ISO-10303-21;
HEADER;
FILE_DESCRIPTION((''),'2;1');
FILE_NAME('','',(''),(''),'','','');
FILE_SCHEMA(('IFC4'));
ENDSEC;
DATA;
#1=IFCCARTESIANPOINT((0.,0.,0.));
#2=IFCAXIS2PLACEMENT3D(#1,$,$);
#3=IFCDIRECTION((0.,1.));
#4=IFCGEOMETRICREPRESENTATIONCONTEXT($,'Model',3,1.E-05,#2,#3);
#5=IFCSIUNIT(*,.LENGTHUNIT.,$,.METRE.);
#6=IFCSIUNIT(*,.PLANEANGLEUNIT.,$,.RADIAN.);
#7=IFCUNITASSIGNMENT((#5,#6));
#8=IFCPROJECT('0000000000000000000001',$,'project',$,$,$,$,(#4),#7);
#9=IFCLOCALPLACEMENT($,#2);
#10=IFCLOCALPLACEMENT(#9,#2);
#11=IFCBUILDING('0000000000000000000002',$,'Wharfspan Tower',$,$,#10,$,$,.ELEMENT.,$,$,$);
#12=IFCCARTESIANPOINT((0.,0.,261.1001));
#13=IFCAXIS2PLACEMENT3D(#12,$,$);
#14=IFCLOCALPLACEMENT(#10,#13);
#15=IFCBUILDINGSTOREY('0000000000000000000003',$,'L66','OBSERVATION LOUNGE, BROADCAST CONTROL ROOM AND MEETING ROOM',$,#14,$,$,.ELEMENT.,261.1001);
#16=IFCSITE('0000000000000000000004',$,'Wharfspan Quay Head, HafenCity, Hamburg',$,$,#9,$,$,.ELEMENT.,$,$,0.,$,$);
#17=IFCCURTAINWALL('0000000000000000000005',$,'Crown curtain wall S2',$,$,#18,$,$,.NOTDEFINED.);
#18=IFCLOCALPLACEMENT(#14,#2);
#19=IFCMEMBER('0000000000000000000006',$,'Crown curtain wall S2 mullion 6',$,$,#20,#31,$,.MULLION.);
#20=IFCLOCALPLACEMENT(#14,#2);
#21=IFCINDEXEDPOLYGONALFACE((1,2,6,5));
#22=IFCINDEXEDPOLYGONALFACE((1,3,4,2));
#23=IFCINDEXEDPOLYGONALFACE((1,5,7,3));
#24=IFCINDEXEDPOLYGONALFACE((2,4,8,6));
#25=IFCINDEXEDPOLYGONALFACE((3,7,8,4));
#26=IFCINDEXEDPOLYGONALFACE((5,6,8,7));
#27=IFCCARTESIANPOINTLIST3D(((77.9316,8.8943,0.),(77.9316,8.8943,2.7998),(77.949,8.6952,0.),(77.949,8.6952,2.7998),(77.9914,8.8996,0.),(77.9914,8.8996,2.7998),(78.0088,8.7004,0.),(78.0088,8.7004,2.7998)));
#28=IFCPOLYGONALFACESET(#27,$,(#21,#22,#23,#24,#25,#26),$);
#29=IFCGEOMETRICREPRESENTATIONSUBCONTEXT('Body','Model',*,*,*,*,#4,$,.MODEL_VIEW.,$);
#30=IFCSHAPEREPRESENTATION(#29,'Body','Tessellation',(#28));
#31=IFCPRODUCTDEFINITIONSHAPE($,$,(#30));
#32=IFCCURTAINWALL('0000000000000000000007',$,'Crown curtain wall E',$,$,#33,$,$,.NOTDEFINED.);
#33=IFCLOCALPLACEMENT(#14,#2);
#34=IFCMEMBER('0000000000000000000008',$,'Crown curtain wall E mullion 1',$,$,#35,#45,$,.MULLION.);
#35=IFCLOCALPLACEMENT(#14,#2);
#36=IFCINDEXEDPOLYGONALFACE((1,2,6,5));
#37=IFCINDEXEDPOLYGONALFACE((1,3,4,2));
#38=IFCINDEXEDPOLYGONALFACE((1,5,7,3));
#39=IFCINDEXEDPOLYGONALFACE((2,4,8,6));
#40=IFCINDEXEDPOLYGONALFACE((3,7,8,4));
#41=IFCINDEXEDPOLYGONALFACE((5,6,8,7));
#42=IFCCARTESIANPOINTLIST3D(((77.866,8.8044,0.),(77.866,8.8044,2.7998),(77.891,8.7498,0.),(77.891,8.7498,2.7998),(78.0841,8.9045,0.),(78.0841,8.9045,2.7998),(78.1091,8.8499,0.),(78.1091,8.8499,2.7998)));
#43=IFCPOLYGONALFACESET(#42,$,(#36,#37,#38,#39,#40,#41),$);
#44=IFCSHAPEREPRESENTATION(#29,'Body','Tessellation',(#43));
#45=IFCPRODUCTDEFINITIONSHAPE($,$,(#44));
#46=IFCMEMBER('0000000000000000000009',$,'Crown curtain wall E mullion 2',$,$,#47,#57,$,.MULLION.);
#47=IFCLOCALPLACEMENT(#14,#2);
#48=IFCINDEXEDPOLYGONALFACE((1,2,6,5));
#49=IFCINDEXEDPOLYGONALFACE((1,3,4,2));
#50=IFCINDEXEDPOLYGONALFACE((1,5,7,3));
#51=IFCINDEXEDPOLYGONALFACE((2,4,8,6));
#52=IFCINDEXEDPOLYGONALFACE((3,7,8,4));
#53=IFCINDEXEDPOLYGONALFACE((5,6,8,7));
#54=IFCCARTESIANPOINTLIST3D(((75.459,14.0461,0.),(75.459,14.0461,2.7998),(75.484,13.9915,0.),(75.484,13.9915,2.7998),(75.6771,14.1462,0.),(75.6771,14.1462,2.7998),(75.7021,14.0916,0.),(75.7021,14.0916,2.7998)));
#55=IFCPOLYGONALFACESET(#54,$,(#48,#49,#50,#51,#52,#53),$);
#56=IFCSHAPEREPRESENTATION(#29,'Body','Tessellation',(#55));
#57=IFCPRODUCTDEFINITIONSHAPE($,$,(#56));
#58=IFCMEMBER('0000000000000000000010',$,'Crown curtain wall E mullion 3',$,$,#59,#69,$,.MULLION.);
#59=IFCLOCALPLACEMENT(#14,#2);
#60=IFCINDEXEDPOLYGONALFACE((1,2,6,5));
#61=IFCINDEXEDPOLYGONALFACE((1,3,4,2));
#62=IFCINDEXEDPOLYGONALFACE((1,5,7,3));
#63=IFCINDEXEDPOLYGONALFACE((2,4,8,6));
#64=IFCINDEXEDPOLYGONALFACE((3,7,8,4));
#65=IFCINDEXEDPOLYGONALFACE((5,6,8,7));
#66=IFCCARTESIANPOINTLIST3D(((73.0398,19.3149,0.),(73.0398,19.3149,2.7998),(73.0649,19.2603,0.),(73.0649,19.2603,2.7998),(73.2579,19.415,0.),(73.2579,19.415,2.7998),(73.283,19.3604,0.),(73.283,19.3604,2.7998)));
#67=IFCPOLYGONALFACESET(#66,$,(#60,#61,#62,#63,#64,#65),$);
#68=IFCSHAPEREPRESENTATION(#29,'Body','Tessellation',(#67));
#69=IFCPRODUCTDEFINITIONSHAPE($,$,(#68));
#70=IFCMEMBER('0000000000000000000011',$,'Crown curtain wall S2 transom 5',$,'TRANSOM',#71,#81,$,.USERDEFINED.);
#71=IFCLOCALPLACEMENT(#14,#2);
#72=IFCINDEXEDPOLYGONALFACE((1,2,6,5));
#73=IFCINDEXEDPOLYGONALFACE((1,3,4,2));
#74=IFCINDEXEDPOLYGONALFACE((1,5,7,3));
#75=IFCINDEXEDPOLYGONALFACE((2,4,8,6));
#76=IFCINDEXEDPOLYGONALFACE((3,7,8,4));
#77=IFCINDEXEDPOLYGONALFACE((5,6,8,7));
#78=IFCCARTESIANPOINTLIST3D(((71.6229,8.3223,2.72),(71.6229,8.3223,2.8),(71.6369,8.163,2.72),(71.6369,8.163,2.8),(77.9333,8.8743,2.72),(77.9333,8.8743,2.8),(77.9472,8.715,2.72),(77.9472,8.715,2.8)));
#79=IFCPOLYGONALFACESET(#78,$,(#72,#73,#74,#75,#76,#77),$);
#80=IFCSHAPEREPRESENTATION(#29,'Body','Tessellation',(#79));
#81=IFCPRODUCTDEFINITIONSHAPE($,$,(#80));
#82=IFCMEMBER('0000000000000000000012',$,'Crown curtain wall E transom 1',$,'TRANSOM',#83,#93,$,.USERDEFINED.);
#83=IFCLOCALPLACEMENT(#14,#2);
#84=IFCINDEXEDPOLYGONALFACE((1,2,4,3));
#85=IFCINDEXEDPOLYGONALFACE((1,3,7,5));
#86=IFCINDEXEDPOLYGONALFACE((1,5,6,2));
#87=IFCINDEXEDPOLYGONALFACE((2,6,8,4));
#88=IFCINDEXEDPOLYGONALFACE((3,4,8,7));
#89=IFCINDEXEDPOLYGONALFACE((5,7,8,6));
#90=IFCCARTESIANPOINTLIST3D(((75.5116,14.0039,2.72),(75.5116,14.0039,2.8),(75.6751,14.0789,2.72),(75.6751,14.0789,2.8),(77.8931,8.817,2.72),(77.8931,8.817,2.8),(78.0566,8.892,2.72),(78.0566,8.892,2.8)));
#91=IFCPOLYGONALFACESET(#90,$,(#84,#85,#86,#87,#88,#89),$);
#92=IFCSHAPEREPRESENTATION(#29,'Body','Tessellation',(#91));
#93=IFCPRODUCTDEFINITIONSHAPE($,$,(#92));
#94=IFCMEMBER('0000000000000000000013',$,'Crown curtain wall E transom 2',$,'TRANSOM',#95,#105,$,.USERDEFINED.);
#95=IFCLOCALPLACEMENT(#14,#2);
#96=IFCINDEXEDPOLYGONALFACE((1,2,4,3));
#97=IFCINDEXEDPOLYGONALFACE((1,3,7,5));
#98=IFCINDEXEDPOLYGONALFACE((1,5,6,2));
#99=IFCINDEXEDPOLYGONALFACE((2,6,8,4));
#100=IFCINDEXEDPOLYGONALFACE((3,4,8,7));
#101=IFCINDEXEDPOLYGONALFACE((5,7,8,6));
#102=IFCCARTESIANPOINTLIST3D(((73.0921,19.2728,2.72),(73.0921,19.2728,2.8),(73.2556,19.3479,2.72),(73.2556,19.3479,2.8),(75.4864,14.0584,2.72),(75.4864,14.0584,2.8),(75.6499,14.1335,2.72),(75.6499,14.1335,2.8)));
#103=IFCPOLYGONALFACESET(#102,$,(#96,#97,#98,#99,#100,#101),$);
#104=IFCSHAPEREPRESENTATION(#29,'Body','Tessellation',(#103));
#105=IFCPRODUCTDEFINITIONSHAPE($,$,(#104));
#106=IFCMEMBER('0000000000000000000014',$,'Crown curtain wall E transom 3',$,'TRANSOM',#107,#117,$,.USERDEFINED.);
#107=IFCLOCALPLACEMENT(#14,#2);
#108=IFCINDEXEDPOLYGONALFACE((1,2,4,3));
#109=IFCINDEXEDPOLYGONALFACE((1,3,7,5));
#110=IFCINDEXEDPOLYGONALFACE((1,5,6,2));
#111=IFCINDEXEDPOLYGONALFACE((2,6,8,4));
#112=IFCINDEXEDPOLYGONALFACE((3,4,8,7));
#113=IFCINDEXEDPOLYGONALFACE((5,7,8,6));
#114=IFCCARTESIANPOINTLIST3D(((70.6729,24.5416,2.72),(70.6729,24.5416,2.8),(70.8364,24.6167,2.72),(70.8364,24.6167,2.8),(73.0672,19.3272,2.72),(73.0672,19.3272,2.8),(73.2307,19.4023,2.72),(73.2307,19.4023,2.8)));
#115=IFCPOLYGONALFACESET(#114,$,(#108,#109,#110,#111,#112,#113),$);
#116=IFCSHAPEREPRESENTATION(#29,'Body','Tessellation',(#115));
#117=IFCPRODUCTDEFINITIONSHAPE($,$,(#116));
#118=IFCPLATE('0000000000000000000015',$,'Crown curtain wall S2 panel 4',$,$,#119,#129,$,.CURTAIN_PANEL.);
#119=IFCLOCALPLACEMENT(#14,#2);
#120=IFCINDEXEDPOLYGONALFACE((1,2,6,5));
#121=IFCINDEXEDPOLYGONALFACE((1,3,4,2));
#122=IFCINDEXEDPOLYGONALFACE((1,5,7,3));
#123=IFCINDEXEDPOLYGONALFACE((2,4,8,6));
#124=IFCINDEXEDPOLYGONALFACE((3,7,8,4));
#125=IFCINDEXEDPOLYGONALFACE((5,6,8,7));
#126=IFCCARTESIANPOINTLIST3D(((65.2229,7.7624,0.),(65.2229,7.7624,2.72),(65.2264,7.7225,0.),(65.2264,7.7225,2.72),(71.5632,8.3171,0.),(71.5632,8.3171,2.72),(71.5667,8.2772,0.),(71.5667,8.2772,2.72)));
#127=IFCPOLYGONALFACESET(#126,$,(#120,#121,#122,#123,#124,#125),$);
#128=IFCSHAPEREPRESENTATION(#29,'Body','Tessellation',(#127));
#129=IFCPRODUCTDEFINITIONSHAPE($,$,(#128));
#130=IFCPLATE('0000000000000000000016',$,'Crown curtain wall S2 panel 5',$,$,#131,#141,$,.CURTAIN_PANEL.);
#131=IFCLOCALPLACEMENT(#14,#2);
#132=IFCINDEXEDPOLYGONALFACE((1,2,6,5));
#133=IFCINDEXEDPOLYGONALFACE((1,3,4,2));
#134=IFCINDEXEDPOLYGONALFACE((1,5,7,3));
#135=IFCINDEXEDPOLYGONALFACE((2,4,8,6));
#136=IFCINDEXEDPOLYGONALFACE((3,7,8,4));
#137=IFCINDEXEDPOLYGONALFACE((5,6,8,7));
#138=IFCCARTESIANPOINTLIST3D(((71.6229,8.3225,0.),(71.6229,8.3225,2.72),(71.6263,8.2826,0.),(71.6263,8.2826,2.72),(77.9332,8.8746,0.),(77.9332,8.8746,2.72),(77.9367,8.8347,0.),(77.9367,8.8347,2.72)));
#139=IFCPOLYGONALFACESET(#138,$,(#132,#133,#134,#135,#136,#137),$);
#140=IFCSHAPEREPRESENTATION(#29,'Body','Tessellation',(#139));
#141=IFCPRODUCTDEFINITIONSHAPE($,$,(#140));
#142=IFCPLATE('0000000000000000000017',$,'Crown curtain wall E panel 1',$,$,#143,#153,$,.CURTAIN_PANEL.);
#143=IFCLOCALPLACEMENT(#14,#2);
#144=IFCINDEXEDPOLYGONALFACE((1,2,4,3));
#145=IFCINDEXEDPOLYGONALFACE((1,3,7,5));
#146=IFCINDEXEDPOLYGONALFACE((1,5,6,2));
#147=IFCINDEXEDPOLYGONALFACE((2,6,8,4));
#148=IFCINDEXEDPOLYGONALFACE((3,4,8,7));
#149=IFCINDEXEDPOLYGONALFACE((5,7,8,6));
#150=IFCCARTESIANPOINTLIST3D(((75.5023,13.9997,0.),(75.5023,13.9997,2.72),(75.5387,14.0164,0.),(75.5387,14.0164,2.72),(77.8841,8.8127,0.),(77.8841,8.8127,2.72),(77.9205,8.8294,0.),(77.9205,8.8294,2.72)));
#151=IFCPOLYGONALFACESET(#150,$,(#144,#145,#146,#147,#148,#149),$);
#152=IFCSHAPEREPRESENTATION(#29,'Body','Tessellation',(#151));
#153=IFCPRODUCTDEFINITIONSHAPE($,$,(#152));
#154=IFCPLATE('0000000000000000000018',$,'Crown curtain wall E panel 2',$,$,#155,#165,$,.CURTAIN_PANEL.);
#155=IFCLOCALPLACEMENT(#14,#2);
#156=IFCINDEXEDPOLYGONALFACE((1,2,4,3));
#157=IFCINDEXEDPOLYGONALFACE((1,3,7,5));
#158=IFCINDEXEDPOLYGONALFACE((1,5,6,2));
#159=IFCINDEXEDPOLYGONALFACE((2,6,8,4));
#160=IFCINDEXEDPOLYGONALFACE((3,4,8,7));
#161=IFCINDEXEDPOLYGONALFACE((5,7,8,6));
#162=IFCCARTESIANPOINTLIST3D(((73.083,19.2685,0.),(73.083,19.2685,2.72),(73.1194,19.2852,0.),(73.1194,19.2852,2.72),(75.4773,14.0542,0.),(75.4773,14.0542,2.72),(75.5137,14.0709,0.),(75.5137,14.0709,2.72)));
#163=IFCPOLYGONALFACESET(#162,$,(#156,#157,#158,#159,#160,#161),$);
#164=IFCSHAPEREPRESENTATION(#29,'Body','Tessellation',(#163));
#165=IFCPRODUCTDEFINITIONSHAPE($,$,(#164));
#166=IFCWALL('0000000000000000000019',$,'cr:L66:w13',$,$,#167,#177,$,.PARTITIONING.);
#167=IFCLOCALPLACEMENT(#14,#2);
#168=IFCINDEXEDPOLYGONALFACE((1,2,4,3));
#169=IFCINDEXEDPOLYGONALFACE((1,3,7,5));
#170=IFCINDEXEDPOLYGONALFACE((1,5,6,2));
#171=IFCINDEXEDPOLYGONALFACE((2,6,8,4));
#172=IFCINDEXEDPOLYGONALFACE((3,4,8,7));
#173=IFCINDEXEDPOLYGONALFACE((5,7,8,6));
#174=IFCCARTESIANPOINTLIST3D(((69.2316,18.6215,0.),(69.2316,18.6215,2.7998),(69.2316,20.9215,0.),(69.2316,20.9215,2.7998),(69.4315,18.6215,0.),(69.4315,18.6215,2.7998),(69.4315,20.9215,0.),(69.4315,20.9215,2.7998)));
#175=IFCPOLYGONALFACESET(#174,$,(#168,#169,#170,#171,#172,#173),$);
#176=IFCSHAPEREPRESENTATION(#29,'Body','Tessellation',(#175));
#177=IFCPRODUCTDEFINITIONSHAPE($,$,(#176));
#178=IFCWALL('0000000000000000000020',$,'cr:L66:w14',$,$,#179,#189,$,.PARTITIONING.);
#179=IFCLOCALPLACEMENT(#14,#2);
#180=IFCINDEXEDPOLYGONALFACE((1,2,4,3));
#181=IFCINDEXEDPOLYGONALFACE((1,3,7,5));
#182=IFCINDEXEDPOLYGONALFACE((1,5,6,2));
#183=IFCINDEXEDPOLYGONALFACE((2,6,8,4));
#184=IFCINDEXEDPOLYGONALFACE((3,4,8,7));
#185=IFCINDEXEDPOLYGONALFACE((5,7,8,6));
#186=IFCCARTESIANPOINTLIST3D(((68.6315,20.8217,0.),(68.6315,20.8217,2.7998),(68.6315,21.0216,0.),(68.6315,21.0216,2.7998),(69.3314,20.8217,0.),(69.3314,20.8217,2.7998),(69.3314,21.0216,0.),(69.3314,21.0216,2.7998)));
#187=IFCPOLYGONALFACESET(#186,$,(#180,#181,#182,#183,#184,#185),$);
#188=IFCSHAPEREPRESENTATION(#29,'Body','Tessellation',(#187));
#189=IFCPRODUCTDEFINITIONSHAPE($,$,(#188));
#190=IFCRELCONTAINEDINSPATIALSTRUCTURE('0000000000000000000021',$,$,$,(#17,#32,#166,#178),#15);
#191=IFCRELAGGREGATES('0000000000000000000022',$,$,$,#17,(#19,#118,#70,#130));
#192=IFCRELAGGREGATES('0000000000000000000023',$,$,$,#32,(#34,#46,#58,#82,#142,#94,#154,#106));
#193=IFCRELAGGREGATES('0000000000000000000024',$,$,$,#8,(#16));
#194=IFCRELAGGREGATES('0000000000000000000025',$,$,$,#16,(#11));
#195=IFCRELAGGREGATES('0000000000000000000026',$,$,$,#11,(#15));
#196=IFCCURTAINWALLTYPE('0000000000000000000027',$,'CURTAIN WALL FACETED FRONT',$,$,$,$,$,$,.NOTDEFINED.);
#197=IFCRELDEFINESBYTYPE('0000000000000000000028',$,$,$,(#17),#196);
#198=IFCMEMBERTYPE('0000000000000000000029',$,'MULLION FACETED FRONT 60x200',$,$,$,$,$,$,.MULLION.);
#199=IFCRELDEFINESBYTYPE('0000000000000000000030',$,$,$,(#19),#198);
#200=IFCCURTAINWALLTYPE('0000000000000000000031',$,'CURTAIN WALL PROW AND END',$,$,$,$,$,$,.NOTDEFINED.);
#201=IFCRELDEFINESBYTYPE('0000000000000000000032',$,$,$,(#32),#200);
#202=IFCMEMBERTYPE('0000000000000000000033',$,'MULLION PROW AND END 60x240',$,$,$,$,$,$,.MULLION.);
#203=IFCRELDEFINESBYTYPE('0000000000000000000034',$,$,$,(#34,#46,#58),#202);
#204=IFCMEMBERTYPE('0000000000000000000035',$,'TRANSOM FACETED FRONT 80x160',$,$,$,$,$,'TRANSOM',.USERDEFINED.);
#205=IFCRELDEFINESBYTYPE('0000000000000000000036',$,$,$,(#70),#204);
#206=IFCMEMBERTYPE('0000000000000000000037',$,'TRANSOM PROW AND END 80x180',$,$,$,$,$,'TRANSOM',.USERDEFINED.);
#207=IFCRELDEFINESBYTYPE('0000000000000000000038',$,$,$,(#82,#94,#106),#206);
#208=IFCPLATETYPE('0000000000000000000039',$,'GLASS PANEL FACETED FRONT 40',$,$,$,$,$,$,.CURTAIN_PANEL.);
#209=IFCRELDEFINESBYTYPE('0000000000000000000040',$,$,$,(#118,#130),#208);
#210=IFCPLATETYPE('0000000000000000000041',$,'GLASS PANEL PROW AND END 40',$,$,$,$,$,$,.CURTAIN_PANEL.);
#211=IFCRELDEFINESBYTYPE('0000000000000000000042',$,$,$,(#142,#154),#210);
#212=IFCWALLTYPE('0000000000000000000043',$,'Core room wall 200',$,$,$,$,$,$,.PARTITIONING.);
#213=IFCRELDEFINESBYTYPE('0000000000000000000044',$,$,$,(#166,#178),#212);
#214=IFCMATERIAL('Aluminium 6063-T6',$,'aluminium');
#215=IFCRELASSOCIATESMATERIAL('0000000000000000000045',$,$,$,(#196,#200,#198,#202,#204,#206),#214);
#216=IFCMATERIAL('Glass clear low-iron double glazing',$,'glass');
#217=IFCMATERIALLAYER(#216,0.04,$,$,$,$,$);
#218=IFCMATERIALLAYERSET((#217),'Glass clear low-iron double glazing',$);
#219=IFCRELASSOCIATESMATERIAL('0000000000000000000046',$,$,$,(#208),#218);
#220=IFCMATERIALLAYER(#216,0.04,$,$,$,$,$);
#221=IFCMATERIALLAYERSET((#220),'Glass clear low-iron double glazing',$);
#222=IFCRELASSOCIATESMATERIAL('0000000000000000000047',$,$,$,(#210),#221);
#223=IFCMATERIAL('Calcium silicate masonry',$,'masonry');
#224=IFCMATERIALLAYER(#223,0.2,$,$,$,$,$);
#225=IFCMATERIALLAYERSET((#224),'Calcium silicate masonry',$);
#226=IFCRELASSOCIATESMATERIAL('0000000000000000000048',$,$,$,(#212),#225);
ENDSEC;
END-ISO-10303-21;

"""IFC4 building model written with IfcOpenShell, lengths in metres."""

from ifc_helpers import new_model, si_unit, direction, frame, frame_2d, origin, origin_2d, place, context, subcontext, project, spatial, rectangle, extrude, material, layer, layer_set, material_profile, profile_set, type_object, element, aggregate, save


model = new_model("IFC4")

# Units and contexts
model_context = context("Model", 3, precision=1e-05, world=origin(), true_north=direction((0.0, 1.0)))
body_context = subcontext(model_context, "Body", "Model", "MODEL_VIEW")
ifc_project = project(units=[si_unit("LENGTHUNIT", "METRE"), si_unit("PLANEANGLEUNIT", "RADIAN")], contexts=[model_context])

# Site, building, storey
site_placement = place(None, origin())
site = spatial("IfcSite", under=ifc_project, at=site_placement, Name="Wharfspan Quay Head, HafenCity, Hamburg", CompositionType="ELEMENT", RefElevation=0.0)
building_placement = place(site_placement, origin())
building = spatial("IfcBuilding", under=site, at=building_placement, Name="Wharfspan Tower", CompositionType="ELEMENT")
storey_placement = place(building_placement, frame((0.0, 0.0, 261.1001)))
storey = spatial("IfcBuildingStorey", under=building, at=storey_placement, Name="L66", Description="OBSERVATION LOUNGE, BROADCAST CONTROL ROOM AND MEETING ROOM", CompositionType="ELEMENT", Elevation=261.1001)

# Curtain walls, members
ifc_material_1 = material(Name="Aluminium 6063-T6", Category="aluminium")
curtain_wall_type_1 = type_object("IfcCurtainWallType", Name="CURTAIN WALL FACETED FRONT", PredefinedType="NOTDEFINED", material=ifc_material_1)
curtain_wall_1_placement = place(storey_placement, origin())
curtain_wall_1 = element("IfcCurtainWall", 1, at=curtain_wall_1_placement, inside=storey, type_object=curtain_wall_type_1, Name="Crown curtain wall S2", PredefinedType="NOTDEFINED")
ifc_material_profile_1 = material_profile(ifc_material_1, rectangle(XDim=0.2, YDim=0.0601, at=origin_2d()))
ifc_profile_set_1 = profile_set([ifc_material_profile_1], Name="Aluminium 6063-T6")
member_type_1 = type_object("IfcMemberType", Name="MULLION FACETED FRONT 60x200", PredefinedType="MULLION", material=ifc_profile_set_1)
member_1_placement = place(storey_placement, frame((77.9702, 8.7974, 0.0), z_axis=(0.0, 0.0, 1.0), x_axis=(-0.087156, 0.996198, 0.0)))
member_1 = element("IfcMember", 2, at=member_1_placement, type_object=member_type_1, Name="Crown curtain wall S2 mullion 6", PredefinedType="MULLION", context=body_context, shape_type="SweptSolid", body=[
    extrude(rectangle(XDim=0.2, YDim=0.0601, at=origin_2d()), origin(), (0.0, 0.0, 1.0), 2.7998),
])
curtain_wall_type_2 = type_object("IfcCurtainWallType", Name="CURTAIN WALL PROW AND END", PredefinedType="NOTDEFINED", material=ifc_material_1)
curtain_wall_2_placement = place(storey_placement, origin())
curtain_wall_2 = element("IfcCurtainWall", 3, at=curtain_wall_2_placement, inside=storey, type_object=curtain_wall_type_2, Name="Crown curtain wall E", PredefinedType="NOTDEFINED")
ifc_material_profile_2 = material_profile(ifc_material_1, rectangle(XDim=0.24, YDim=0.0601, at=origin_2d()))
ifc_profile_set_2 = profile_set([ifc_material_profile_2], Name="Aluminium 6063-T6")
member_type_2 = type_object("IfcMemberType", Name="MULLION PROW AND END 60x240", PredefinedType="MULLION", material=ifc_profile_set_2)
member_2_placement = place(storey_placement, frame((77.9875, 8.8271, 0.0), z_axis=(0.0, 0.0, 1.0), x_axis=(-0.908769, -0.417292, 0.0)))
member_2 = element("IfcMember", 4, at=member_2_placement, type_object=member_type_2, Name="Crown curtain wall E mullion 1", PredefinedType="MULLION", context=body_context, shape_type="SweptSolid", body=[
    extrude(rectangle(XDim=0.24, YDim=0.0601, at=origin_2d()), origin(), (0.0, 0.0, 1.0), 2.7998),
])
member_3_placement = place(storey_placement, frame((75.5806, 14.0688, 0.0), z_axis=(0.0, 0.0, 1.0), x_axis=(-0.908769, -0.417292, 0.0)))
member_3 = element("IfcMember", 5, at=member_3_placement, type_object=member_type_2, Name="Crown curtain wall E mullion 2", PredefinedType="MULLION", context=body_context, shape_type="SweptSolid", body=[
    extrude(rectangle(XDim=0.24, YDim=0.0601, at=origin_2d()), origin(), (0.0, 0.0, 1.0), 2.7998),
])
member_4_placement = place(storey_placement, frame((73.1614, 19.3376, 0.0), z_axis=(0.0, 0.0, 1.0), x_axis=(-0.908769, -0.417292, 0.0)))
member_4 = element("IfcMember", 6, at=member_4_placement, type_object=member_type_2, Name="Crown curtain wall E mullion 3", PredefinedType="MULLION", context=body_context, shape_type="SweptSolid", body=[
    extrude(rectangle(XDim=0.24, YDim=0.0601, at=origin_2d()), origin(), (0.0, 0.0, 1.0), 2.7998),
])

# Members
ifc_material_profile_3 = material_profile(ifc_material_1, rectangle(XDim=0.1599, YDim=0.0801, at=origin_2d()))
ifc_profile_set_3 = profile_set([ifc_material_profile_3], Name="Aluminium 6063-T6")
member_type_3 = type_object("IfcMemberType", Name="TRANSOM FACETED FRONT 80x160", ElementType="TRANSOM", PredefinedType="USERDEFINED", material=ifc_profile_set_3)
member_5_placement = place(storey_placement, frame((71.6299, 8.2427, 2.76), z_axis=(0.996196, 0.087144, 0.0), x_axis=(-0.087144, 0.996196, 0.0)))
member_5 = element("IfcMember", 7, at=member_5_placement, type_object=member_type_3, Name="Crown curtain wall S2 transom 5", ObjectType="TRANSOM", PredefinedType="USERDEFINED", context=body_context, shape_type="SweptSolid", body=[
    extrude(rectangle(XDim=0.1599, YDim=0.0801, at=origin_2d()), origin(), (0.0, 0.0, 1.0), 6.3345),
])
ifc_material_profile_4 = material_profile(ifc_material_1, rectangle(XDim=0.1799, YDim=0.0801, at=origin_2d()))
ifc_profile_set_4 = profile_set([ifc_material_profile_4], Name="Aluminium 6063-T6")
member_type_4 = type_object("IfcMemberType", Name="TRANSOM PROW AND END 80x180", ElementType="TRANSOM", PredefinedType="USERDEFINED", material=ifc_profile_set_4)
member_6_placement = place(storey_placement, frame((77.9749, 8.8545, 2.76), z_axis=(-0.417264, 0.908785, 0.0), x_axis=(-0.908785, -0.417264, 0.0)))
member_6 = element("IfcMember", 8, at=member_6_placement, type_object=member_type_4, Name="Crown curtain wall E transom 1", ObjectType="TRANSOM", PredefinedType="USERDEFINED", context=body_context, shape_type="SweptSolid", body=[
    extrude(rectangle(XDim=0.1799, YDim=0.0801, at=origin_2d()), origin(), (0.0, 0.0, 1.0), 5.7075),
])
member_7_placement = place(storey_placement, frame((75.5681, 14.0959, 2.76), z_axis=(-0.417285, 0.908776, 0.0), x_axis=(-0.908776, -0.417285, 0.0)))
member_7 = element("IfcMember", 9, at=member_7_placement, type_object=member_type_4, Name="Crown curtain wall E transom 2", ObjectType="TRANSOM", PredefinedType="USERDEFINED", context=body_context, shape_type="SweptSolid", body=[
    extrude(rectangle(XDim=0.1799, YDim=0.0801, at=origin_2d()), origin(), (0.0, 0.0, 1.0), 5.7378),
])
member_8_placement = place(storey_placement, frame((73.1489, 19.3647, 2.76), z_axis=(-0.417285, 0.908776, 0.0), x_axis=(-0.908776, -0.417285, 0.0)))
member_8 = element("IfcMember", 10, at=member_8_placement, type_object=member_type_4, Name="Crown curtain wall E transom 3", ObjectType="TRANSOM", PredefinedType="USERDEFINED", context=body_context, shape_type="SweptSolid", body=[
    extrude(rectangle(XDim=0.1799, YDim=0.0801, at=origin_2d()), origin(), (0.0, 0.0, 1.0), 5.7378),
])

# Plates
ifc_material_2 = material(Name="Glass clear low-iron double glazing", Category="glass")
ifc_layer_1 = layer(ifc_material_2, 0.04)
ifc_layer_set_1 = layer_set([ifc_layer_1], Name="Glass clear low-iron double glazing")
plate_type_1 = type_object("IfcPlateType", Name="GLASS PANEL FACETED FRONT 40", PredefinedType="CURTAIN_PANEL", material=ifc_layer_set_1)
plate_1_placement = place(storey_placement, frame((68.3948, 8.0198, 0.0), z_axis=(0.0, 0.0, 1.0), x_axis=(0.996198, 0.087156, 0.0)))
plate_1 = element("IfcPlate", 11, at=plate_1_placement, type_object=plate_type_1, Name="Crown curtain wall S2 panel 4", PredefinedType="CURTAIN_PANEL", context=body_context, shape_type="SweptSolid", body=[
    extrude(rectangle(XDim=6.3645, YDim=0.04, at=origin_2d()), origin(), (0.0, 0.0, 1.0), 2.72),
])
plate_2_placement = place(storey_placement, frame((74.7798, 8.5786, 0.0), z_axis=(0.0, 0.0, 1.0), x_axis=(0.996198, 0.087156, 0.0)))
plate_2 = element("IfcPlate", 12, at=plate_2_placement, type_object=plate_type_1, Name="Crown curtain wall S2 panel 5", PredefinedType="CURTAIN_PANEL", context=body_context, shape_type="SweptSolid", body=[
    extrude(rectangle(XDim=6.3345, YDim=0.04, at=origin_2d()), origin(), (0.0, 0.0, 1.0), 2.72),
])
aggregate(curtain_wall_1, [member_1, plate_1, member_5, plate_2])
ifc_layer_2 = layer(ifc_material_2, 0.04)
ifc_layer_set_2 = layer_set([ifc_layer_2], Name="Glass clear low-iron double glazing")
plate_type_2 = type_object("IfcPlateType", Name="GLASS PANEL PROW AND END 40", PredefinedType="CURTAIN_PANEL", material=ifc_layer_set_2)
plate_3_placement = place(storey_placement, frame((76.7114, 11.4146, 0.0), z_axis=(0.0, 0.0, 1.0), x_axis=(-0.417292, 0.908769, 0.0)))
plate_3 = element("IfcPlate", 13, at=plate_3_placement, type_object=plate_type_2, Name="Crown curtain wall E panel 1", PredefinedType="CURTAIN_PANEL", context=body_context, shape_type="SweptSolid", body=[
    extrude(rectangle(XDim=5.7078, YDim=0.04, at=origin_2d()), origin(), (0.0, 0.0, 1.0), 2.72),
])
plate_4_placement = place(storey_placement, frame((74.2983, 16.6697, 0.0), z_axis=(0.0, 0.0, 1.0), x_axis=(-0.417292, 0.908769, 0.0)))
plate_4 = element("IfcPlate", 14, at=plate_4_placement, type_object=plate_type_2, Name="Crown curtain wall E panel 2", PredefinedType="CURTAIN_PANEL", context=body_context, shape_type="SweptSolid", body=[
    extrude(rectangle(XDim=5.7378, YDim=0.04, at=origin_2d()), origin(), (0.0, 0.0, 1.0), 2.72),
])
aggregate(curtain_wall_2, [member_2, member_3, member_4, member_6, plate_3, member_7, plate_4, member_8])

# Walls
ifc_material_3 = material(Name="Calcium silicate masonry", Category="masonry")
ifc_layer_3 = layer(ifc_material_3, 0.2)
ifc_layer_set_3 = layer_set([ifc_layer_3], Name="Calcium silicate masonry")
wall_type_1 = type_object("IfcWallType", Name="Core room wall 200", PredefinedType="PARTITIONING", material=ifc_layer_set_3)
wall_1_placement = place(storey_placement, frame((69.3315, 18.6216, 0.0), z_axis=(0.0, 0.0, 1.0), x_axis=(0.0, 1.0, 0.0)))
element("IfcWall", 15, at=wall_1_placement, inside=storey, type_object=wall_type_1, Name="cr:L66:w13", PredefinedType="PARTITIONING", context=body_context, shape_type="SweptSolid", body=[
    extrude(rectangle(XDim=2.3, YDim=0.2, at=frame_2d((1.1499, 0.0))), origin(), (0.0, 0.0, 1.0), 2.7998),
])
wall_2_placement = place(storey_placement, frame((69.3315, 20.9216, 0.0), z_axis=(0.0, 0.0, 1.0), x_axis=(-1.0, 0.0, 0.0)))
element("IfcWall", 16, at=wall_2_placement, inside=storey, type_object=wall_type_1, Name="cr:L66:w14", PredefinedType="PARTITIONING", context=body_context, shape_type="SweptSolid", body=[
    extrude(rectangle(XDim=0.7, YDim=0.2, at=frame_2d((0.3501, 0.0))), origin(), (0.0, 0.0, 1.0), 2.7998),
])

save(model, "model.ifc")
